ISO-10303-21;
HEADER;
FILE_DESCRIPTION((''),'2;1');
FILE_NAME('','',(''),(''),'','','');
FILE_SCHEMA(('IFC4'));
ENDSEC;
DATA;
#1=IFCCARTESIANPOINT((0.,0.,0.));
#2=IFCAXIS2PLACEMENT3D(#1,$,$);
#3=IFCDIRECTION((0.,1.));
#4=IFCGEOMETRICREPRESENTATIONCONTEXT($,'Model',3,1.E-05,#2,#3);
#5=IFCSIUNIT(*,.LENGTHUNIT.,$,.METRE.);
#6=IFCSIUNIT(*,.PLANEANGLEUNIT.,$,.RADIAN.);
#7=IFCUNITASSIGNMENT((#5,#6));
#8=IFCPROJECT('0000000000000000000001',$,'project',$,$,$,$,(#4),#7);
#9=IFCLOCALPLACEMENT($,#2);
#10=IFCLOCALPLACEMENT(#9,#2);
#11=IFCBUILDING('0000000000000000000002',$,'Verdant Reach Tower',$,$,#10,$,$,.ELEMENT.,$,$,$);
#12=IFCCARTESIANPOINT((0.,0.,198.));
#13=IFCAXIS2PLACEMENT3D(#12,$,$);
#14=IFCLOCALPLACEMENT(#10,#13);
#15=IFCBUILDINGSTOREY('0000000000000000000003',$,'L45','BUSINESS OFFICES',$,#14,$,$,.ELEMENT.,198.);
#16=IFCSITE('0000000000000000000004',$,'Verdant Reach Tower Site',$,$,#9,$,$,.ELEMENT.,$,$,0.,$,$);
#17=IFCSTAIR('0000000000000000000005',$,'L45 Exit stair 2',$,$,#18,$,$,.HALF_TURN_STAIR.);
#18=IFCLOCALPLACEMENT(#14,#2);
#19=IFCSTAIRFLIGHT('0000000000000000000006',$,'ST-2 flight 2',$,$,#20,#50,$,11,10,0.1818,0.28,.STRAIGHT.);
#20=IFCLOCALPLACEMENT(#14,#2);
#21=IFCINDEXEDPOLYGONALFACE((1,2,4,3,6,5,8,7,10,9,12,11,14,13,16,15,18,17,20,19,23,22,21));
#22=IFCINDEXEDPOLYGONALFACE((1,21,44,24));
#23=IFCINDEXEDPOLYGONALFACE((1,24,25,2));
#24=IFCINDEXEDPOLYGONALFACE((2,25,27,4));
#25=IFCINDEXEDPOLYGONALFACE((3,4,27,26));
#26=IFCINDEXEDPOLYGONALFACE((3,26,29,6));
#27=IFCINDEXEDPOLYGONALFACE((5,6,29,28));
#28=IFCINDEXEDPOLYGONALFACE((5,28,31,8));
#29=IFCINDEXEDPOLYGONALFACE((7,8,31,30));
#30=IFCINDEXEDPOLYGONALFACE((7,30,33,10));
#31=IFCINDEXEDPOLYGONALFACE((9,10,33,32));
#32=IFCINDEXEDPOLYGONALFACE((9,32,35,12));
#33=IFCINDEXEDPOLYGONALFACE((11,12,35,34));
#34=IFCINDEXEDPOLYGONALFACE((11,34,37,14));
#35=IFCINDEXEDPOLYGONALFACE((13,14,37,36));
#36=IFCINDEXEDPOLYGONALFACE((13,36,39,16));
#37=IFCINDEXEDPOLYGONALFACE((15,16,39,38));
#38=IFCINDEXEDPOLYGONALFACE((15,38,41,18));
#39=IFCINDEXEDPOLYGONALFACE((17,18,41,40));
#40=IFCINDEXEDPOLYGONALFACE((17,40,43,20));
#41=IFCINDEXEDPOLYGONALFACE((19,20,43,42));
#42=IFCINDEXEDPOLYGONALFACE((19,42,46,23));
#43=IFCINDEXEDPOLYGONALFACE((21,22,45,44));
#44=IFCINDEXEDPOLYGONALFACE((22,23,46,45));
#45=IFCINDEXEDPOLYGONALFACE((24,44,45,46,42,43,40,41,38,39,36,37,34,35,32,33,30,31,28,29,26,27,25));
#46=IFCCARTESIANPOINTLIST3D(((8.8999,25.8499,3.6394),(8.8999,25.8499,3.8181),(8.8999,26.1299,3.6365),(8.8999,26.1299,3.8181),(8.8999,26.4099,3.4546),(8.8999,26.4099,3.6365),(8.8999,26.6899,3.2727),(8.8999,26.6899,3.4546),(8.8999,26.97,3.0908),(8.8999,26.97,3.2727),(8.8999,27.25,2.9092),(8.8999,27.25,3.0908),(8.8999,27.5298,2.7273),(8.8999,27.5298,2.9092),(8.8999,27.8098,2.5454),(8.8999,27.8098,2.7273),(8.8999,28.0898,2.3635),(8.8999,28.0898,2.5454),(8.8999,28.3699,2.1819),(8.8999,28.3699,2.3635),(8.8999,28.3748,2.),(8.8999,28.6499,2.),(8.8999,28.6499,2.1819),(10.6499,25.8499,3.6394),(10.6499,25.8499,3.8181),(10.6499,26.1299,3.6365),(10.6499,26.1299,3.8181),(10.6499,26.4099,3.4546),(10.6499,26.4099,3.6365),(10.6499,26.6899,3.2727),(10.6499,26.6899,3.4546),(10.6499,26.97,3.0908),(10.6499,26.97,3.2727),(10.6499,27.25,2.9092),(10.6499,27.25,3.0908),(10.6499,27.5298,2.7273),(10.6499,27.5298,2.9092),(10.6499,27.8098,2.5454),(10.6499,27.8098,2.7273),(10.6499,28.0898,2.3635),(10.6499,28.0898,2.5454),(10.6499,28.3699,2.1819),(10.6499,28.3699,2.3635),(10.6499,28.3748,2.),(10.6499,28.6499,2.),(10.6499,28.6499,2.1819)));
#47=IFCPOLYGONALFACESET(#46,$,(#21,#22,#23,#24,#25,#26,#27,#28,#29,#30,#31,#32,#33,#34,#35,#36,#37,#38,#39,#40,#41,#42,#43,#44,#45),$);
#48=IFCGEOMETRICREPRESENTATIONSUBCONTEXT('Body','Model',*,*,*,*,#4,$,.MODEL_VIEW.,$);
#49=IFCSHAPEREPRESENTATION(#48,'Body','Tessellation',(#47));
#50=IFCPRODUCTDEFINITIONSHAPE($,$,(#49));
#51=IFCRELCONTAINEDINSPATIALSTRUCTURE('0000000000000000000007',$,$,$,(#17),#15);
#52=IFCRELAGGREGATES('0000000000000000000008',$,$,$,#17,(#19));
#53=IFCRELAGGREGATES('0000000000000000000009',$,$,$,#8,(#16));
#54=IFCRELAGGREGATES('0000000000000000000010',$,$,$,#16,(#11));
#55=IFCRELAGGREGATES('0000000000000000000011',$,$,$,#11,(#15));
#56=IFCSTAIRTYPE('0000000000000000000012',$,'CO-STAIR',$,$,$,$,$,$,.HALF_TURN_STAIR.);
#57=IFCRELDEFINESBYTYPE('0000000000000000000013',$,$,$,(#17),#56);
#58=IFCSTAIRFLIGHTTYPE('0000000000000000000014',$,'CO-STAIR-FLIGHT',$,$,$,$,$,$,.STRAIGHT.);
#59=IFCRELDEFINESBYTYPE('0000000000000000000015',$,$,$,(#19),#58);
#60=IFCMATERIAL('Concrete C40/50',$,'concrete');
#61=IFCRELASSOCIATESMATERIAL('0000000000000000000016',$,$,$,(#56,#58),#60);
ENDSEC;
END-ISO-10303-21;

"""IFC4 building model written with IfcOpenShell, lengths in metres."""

from ifc_helpers import new_model, si_unit, direction, frame, origin, place, context, subcontext, project, spatial, polyline, outline, extrude, material, type_object, element, aggregate, save


model = new_model("IFC4")

# Units and contexts
model_context = context("Model", 3, precision=1e-05, world=origin(), true_north=direction((0.0, 1.0)))
body_context = subcontext(model_context, "Body", "Model", "MODEL_VIEW")
ifc_project = project(units=[si_unit("LENGTHUNIT", "METRE"), si_unit("PLANEANGLEUNIT", "RADIAN")], contexts=[model_context])

# Site, building, storey
site_placement = place(None, origin())
site = spatial("IfcSite", under=ifc_project, at=site_placement, Name="Verdant Reach Tower Site", CompositionType="ELEMENT", RefElevation=0.0)
building_placement = place(site_placement, origin())
building = spatial("IfcBuilding", under=site, at=building_placement, Name="Verdant Reach Tower", CompositionType="ELEMENT")
storey_placement = place(building_placement, frame((0.0, 0.0, 198.0)))
storey = spatial("IfcBuildingStorey", under=building, at=storey_placement, Name="L45", Description="BUSINESS OFFICES", CompositionType="ELEMENT", Elevation=198.0)

# Shared definitions
ifc_material_1 = material(Name="Concrete C40/50", Category="concrete")

# Stair, stair flight
stair_type = type_object("IfcStairType", Name="CO-STAIR", PredefinedType="HALF_TURN_STAIR", material=ifc_material_1)
stair_placement = place(storey_placement, origin())
stair = element("IfcStair", 1, at=stair_placement, inside=storey, type_object=stair_type, Name="L45 Exit stair 2", PredefinedType="HALF_TURN_STAIR")
stair_flight_type = type_object("IfcStairFlightType", Name="CO-STAIR-FLIGHT", PredefinedType="STRAIGHT", material=ifc_material_1)
stair_flight_1_placement = place(storey_placement, frame((9.7749, 28.6499, 2.0), z_axis=(0.0, 0.0, 1.0), x_axis=(0.0, -1.0, 0.0)))
stair_flight_1 = element("IfcStairFlight", 2, at=stair_flight_1_placement, type_object=stair_flight_type, Name="ST-2 flight 2", NumberOfRisers=11, NumberOfTreads=10, PredefinedType="STRAIGHT", RiserHeight=0.1818, TreadLength=0.28, context=body_context, shape_type="SweptSolid", body=[
    extrude(outline(polyline([(0.0, 0.0), (0.0, 0.1819), (0.28, 0.1819), (0.28, 0.3635), (0.5601, 0.3635), (0.5601, 0.5454), (0.8401, 0.5454), (0.8401, 0.7273), (1.1201, 0.7273), (1.1201, 0.9092), (1.3999, 0.9092), (1.3999, 1.0908), (1.6799, 1.0908), (1.6799, 1.2727), (1.96, 1.2727), (1.96, 1.4546), (2.24, 1.4546), (2.24, 1.6365), (2.52, 1.6365), (2.52, 1.8181), (2.8, 1.8181), (2.8, 2.0), (2.8, 1.6394), (0.2751, 0.0), (0.0, 0.0)])), frame((0.0, 0.875, 0.0), z_axis=(0.0, -1.0, 0.0), x_axis=(1.0, 0.0, 0.0)), (0.0, 0.0, 1.0), 1.75),
])
aggregate(stair, [stair_flight_1])

save(model, "model.ifc")
